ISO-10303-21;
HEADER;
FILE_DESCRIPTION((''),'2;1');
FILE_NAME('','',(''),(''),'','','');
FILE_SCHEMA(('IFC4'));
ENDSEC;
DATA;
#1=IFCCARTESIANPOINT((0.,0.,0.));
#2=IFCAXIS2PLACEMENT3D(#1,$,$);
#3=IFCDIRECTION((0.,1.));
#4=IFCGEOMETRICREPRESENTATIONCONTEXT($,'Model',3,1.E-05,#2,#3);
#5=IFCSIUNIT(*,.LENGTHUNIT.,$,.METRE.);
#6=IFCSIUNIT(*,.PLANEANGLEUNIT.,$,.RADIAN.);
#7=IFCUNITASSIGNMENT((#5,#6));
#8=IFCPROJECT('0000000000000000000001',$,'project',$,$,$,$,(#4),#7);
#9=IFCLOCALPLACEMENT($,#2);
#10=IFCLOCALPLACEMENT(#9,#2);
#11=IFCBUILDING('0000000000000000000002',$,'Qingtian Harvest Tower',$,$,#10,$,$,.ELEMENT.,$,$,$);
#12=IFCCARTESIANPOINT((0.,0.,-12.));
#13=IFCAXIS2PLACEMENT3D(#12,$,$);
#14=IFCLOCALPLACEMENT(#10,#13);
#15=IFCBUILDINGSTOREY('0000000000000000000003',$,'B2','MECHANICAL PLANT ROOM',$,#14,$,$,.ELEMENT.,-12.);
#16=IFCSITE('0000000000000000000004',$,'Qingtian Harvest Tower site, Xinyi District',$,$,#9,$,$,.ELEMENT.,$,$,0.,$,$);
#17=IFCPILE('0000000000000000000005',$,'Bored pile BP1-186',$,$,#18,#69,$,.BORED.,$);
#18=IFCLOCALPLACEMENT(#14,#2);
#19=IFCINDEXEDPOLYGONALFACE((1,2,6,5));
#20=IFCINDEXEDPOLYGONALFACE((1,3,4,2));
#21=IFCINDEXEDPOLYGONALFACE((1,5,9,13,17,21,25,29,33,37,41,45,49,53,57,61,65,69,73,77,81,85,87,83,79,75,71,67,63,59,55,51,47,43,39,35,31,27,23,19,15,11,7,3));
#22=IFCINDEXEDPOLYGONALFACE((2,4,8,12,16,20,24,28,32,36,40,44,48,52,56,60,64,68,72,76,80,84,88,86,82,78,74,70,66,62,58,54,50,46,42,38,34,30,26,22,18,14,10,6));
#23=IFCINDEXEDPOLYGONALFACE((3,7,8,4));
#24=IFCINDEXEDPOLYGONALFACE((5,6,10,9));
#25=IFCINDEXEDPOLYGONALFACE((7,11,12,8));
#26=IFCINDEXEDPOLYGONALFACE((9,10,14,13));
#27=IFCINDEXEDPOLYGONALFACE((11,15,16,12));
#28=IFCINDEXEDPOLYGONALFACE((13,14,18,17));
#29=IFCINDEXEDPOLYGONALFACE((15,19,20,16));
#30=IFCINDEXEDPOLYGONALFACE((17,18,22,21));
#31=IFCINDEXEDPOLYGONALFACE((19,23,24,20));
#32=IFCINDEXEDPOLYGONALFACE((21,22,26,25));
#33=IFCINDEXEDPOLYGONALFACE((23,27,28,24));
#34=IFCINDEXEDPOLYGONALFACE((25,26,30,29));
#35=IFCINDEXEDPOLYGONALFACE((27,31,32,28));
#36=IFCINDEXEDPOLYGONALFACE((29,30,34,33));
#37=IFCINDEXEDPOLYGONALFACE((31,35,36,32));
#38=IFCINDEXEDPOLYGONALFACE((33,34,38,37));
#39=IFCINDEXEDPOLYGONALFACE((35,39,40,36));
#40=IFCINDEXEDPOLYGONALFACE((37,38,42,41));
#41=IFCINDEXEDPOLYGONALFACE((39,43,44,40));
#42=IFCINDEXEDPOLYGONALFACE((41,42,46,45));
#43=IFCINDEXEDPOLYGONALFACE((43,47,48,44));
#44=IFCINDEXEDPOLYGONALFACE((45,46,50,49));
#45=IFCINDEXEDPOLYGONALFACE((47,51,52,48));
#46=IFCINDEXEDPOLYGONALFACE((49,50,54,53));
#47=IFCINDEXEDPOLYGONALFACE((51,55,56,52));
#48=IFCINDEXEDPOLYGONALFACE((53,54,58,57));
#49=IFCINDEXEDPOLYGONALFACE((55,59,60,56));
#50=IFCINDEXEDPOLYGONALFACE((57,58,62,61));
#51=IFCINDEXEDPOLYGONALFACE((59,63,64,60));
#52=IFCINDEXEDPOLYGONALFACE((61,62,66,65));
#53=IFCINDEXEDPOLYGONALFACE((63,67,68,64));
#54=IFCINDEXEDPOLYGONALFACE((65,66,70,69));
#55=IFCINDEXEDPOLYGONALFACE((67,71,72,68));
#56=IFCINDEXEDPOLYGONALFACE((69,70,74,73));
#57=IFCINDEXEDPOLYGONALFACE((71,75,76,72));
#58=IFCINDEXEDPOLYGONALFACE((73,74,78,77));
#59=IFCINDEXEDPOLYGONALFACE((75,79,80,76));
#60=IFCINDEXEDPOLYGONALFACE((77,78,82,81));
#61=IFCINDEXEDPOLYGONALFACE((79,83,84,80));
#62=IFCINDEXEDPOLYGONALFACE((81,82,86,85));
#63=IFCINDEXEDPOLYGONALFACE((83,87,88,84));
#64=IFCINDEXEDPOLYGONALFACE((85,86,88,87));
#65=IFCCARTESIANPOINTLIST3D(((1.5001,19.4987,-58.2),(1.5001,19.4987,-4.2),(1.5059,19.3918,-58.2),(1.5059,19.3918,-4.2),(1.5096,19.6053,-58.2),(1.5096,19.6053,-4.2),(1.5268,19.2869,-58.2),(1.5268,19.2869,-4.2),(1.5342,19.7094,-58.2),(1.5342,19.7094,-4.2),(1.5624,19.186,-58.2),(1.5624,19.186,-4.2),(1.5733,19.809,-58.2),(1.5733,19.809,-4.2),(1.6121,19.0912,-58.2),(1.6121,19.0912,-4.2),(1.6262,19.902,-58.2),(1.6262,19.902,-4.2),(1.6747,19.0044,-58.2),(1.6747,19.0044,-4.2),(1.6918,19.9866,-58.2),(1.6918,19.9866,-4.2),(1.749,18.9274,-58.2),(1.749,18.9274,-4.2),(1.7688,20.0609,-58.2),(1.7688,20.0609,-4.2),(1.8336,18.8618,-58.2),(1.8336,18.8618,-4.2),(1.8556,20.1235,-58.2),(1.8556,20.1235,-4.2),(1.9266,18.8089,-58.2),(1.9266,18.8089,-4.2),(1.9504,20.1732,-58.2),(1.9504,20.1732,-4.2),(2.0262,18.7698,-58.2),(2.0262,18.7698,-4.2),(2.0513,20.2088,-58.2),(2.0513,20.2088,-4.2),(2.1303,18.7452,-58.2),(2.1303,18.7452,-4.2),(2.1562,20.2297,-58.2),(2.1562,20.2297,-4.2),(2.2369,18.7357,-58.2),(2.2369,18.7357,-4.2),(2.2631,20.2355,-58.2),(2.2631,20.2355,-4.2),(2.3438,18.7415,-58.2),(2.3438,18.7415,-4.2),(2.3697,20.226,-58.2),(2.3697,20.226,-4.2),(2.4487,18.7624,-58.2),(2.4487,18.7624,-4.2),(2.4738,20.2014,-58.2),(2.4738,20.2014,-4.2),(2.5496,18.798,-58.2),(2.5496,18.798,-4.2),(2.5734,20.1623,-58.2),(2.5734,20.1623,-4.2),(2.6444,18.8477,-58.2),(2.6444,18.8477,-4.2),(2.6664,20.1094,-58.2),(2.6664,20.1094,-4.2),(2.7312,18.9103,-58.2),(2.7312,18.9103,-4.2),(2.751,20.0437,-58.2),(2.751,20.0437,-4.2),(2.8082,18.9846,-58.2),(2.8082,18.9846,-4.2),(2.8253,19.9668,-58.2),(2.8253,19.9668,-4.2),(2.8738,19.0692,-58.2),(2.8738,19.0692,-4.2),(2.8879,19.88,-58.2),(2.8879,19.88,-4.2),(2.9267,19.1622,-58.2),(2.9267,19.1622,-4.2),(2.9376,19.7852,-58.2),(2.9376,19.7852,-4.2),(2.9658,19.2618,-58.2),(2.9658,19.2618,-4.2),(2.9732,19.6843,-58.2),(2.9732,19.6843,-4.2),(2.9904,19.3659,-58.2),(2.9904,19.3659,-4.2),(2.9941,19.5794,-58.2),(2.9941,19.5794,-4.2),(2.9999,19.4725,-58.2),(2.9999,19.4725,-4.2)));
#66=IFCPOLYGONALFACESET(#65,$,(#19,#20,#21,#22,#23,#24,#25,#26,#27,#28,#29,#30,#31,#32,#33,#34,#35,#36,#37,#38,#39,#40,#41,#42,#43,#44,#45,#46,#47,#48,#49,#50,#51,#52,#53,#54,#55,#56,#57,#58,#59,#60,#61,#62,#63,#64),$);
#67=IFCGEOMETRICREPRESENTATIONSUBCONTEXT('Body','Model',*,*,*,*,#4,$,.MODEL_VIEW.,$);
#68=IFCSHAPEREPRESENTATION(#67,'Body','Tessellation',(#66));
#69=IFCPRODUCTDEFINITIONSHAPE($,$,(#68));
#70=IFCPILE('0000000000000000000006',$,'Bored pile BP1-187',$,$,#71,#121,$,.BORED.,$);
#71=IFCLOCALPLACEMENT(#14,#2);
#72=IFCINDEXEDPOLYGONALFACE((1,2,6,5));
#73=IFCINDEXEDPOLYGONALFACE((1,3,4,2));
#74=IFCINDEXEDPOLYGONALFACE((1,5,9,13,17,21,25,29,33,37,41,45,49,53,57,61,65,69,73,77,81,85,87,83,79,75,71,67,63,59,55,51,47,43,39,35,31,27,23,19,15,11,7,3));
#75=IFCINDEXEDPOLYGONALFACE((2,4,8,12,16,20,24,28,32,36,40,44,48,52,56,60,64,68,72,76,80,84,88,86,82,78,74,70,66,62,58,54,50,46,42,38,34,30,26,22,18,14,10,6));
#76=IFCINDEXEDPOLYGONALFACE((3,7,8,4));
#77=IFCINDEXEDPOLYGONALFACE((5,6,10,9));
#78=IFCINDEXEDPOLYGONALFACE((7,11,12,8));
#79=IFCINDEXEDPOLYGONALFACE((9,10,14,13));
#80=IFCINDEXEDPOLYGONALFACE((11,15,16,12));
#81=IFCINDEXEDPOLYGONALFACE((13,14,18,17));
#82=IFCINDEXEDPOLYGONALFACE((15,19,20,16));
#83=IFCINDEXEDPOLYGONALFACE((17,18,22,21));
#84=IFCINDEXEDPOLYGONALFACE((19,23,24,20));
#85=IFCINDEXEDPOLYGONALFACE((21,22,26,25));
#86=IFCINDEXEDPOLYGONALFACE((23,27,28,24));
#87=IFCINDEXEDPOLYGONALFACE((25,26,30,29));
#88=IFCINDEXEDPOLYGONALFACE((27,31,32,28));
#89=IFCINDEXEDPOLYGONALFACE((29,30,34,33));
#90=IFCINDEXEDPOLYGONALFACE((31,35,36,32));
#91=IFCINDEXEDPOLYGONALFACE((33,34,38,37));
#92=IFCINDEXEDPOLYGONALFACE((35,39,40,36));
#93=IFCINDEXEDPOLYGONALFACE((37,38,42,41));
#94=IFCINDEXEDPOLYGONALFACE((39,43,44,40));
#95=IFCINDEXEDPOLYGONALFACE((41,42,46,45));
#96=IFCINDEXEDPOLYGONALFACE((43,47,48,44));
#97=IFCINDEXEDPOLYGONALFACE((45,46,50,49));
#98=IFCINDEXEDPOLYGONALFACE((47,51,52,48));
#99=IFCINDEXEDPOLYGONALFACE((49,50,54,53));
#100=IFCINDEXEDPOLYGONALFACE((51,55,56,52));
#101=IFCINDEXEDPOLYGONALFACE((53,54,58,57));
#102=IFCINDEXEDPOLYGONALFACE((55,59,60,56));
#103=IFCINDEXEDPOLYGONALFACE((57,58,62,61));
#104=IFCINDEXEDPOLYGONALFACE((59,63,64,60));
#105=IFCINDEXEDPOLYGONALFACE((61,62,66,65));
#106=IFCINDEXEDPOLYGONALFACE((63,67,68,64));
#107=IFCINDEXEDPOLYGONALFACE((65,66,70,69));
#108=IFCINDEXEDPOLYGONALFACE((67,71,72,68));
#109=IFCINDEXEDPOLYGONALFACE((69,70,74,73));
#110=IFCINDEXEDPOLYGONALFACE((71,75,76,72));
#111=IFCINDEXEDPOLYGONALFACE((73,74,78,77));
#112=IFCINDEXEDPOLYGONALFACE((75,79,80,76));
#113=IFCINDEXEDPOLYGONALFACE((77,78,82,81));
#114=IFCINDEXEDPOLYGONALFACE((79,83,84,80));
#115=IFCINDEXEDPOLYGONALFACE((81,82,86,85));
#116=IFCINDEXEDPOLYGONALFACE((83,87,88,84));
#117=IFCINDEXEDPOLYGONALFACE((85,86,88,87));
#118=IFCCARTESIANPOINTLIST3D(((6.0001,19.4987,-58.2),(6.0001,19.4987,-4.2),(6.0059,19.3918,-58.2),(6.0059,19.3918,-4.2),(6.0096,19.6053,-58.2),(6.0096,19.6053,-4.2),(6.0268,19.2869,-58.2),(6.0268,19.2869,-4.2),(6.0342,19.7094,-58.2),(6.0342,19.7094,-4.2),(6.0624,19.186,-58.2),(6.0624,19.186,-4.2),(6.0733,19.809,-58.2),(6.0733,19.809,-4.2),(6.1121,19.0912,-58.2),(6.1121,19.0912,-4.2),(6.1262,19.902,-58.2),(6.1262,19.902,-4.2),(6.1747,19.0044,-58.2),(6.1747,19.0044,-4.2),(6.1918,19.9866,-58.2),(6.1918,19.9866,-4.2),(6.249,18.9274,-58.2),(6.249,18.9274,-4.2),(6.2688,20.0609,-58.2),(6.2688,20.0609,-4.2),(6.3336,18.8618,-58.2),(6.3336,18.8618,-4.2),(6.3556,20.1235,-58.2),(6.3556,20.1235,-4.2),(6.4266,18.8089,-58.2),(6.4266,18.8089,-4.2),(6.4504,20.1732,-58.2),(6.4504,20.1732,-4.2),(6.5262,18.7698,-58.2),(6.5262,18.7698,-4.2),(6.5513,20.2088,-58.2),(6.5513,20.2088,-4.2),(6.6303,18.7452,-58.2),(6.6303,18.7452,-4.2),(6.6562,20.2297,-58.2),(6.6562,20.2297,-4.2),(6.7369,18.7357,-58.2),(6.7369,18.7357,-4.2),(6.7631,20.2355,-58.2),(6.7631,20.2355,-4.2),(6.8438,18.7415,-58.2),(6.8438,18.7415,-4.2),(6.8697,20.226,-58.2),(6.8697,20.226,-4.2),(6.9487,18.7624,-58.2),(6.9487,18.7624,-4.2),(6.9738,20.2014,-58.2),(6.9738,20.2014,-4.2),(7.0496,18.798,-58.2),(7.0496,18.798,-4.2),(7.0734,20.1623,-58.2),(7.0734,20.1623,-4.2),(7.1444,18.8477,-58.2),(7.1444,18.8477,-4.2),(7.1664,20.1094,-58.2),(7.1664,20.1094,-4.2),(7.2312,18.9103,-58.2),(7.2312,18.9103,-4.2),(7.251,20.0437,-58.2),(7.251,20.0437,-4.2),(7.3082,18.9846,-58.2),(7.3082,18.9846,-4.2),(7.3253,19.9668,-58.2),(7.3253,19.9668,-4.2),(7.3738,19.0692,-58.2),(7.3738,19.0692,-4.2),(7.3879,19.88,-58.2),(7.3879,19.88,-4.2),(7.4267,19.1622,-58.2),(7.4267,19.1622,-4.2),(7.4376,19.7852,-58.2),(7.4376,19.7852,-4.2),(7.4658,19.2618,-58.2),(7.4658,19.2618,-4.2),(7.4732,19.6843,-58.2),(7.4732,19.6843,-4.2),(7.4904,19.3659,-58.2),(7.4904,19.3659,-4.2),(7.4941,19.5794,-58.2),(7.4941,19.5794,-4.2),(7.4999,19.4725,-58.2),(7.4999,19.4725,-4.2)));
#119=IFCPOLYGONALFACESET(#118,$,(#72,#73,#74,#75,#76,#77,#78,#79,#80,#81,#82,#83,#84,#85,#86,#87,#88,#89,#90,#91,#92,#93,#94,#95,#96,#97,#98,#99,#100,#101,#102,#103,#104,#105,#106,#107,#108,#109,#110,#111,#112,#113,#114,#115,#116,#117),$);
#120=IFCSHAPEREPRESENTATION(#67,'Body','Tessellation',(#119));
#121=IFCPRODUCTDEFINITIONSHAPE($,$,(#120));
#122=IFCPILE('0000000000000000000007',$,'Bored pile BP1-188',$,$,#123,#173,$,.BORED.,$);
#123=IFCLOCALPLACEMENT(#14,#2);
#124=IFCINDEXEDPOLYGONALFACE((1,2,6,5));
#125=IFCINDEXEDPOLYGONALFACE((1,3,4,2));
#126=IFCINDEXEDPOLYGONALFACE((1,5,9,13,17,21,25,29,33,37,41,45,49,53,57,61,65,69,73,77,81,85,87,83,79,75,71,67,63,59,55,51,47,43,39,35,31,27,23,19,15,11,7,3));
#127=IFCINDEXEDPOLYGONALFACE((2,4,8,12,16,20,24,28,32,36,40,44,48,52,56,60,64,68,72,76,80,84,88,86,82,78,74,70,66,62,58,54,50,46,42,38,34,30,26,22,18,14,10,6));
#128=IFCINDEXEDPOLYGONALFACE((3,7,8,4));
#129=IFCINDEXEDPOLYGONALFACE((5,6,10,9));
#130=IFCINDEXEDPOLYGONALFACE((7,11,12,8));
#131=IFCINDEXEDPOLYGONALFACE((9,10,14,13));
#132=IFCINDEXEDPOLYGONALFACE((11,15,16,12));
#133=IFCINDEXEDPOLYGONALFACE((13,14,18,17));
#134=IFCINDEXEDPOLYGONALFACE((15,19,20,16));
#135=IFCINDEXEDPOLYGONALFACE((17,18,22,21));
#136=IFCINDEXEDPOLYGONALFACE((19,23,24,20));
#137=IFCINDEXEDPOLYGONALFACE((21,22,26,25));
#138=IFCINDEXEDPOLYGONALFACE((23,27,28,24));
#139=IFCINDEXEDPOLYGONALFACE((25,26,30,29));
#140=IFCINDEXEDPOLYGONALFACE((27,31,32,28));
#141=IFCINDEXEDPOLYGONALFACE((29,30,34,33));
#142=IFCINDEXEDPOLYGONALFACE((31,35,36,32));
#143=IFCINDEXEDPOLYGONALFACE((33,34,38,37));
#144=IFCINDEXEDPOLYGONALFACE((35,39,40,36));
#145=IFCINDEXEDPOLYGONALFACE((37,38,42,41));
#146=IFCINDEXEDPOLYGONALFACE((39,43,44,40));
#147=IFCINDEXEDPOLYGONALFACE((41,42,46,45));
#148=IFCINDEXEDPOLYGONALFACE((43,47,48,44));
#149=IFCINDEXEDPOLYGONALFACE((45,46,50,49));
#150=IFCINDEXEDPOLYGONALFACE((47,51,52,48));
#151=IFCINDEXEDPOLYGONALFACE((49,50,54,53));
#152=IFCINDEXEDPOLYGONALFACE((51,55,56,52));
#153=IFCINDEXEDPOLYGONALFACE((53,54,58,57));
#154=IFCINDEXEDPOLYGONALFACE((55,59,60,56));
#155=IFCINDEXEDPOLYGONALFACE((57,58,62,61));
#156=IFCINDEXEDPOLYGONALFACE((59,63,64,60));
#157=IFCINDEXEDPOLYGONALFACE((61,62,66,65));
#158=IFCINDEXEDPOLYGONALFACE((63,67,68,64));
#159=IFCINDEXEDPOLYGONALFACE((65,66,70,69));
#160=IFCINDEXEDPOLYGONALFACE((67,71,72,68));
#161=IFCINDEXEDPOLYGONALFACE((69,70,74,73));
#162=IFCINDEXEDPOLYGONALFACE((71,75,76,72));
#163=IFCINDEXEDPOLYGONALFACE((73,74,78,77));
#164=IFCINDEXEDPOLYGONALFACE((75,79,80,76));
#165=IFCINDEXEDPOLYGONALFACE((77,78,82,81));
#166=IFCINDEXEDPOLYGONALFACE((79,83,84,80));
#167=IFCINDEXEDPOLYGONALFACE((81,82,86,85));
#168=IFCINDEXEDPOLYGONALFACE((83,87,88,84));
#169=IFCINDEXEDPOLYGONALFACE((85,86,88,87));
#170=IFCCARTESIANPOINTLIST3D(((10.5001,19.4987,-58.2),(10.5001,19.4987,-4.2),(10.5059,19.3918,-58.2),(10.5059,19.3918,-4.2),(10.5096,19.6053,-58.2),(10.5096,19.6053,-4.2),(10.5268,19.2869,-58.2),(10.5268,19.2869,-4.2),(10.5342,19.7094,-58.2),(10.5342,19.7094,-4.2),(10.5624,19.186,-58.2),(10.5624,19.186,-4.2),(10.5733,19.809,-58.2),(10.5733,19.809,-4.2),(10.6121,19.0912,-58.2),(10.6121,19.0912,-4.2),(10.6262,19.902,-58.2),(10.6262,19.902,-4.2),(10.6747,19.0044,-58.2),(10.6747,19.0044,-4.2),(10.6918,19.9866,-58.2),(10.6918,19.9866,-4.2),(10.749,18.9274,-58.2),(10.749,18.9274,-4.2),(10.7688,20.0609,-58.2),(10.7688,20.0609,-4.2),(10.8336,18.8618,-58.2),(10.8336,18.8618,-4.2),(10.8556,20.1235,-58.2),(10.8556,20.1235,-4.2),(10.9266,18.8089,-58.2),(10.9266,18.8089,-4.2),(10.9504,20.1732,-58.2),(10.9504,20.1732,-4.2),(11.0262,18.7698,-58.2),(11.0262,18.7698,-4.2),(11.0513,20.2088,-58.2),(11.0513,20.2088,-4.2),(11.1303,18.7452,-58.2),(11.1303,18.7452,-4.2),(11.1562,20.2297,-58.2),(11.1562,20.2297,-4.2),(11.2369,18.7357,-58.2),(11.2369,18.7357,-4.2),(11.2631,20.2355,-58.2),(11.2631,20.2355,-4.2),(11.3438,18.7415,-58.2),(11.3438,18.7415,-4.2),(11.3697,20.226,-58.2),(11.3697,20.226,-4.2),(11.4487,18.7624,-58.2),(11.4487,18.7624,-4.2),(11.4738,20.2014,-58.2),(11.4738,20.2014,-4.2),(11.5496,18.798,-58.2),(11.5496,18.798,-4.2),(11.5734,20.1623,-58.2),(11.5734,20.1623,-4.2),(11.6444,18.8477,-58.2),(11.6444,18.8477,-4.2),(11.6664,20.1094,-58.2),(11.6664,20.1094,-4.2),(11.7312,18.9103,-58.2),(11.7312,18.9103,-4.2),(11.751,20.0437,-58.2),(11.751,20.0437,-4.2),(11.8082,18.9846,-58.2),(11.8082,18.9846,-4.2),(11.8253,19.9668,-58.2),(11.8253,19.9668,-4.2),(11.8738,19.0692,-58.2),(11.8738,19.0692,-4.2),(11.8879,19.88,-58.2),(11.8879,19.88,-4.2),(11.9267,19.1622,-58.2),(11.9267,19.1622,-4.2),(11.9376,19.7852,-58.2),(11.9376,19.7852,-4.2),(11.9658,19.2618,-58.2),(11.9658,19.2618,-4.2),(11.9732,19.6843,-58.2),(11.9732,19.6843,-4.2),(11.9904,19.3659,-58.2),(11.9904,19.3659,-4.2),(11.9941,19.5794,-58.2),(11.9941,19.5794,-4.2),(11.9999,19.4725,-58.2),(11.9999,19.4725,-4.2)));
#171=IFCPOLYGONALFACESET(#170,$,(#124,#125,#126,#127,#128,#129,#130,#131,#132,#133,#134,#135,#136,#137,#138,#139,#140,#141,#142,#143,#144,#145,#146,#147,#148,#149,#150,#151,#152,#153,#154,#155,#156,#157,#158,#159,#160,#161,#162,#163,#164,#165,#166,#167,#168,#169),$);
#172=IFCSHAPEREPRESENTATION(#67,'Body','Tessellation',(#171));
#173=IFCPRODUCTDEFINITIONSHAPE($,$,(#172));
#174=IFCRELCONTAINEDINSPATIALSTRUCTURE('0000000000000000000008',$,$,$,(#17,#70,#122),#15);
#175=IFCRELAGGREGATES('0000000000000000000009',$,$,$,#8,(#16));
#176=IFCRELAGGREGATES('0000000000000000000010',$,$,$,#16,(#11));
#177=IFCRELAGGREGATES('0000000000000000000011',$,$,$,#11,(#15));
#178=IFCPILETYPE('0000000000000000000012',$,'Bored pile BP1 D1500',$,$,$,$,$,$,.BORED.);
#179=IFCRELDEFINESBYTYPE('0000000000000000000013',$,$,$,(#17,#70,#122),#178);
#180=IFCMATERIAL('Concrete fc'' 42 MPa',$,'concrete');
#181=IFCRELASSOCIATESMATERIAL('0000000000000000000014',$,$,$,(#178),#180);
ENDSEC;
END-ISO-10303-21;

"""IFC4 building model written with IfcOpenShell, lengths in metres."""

from ifc_helpers import new_model, si_unit, direction, frame, frame_2d, origin, place, context, subcontext, project, spatial, circle, extrude, material, material_profile, profile_set, type_object, element, save


model = new_model("IFC4")

# Units and contexts
model_context = context("Model", 3, precision=1e-05, world=origin(), true_north=direction((0.0, 1.0)))
body_context = subcontext(model_context, "Body", "Model", "MODEL_VIEW")
ifc_project = project(units=[si_unit("LENGTHUNIT", "METRE"), si_unit("PLANEANGLEUNIT", "RADIAN")], contexts=[model_context])

# Site, building, storey
site_placement = place(None, origin())
site = spatial("IfcSite", under=ifc_project, at=site_placement, Name="Qingtian Harvest Tower site, Xinyi District", CompositionType="ELEMENT", RefElevation=0.0)
building_placement = place(site_placement, origin())
building = spatial("IfcBuilding", under=site, at=building_placement, Name="Qingtian Harvest Tower", CompositionType="ELEMENT")
storey_placement = place(building_placement, frame((0.0, 0.0, -12.0)))
storey = spatial("IfcBuildingStorey", under=building, at=storey_placement, Name="B2", Description="MECHANICAL PLANT ROOM", CompositionType="ELEMENT", Elevation=-12.0)

# Piles
ifc_material_1 = material(Name="Concrete fc' 42 MPa", Category="concrete")
ifc_material_profile_1 = material_profile(ifc_material_1, circle(Radius=0.75, at=frame_2d((0.0, 0.0), x_axis=(0.999848, 0.017452))), Name="Bored pile BP1 D1500")
ifc_profile_set_1 = profile_set([ifc_material_profile_1], Name="Concrete fc' 42 MPa")
pile_type = type_object("IfcPileType", Name="Bored pile BP1 D1500", PredefinedType="BORED", material=ifc_profile_set_1)
for number, where, z_axis, x_axis, name in (
    (1, (2.25, 19.4856, -4.2), (0.0, 0.0, -1.0), (1.0, 0.0, 0.0), "Bored pile BP1-186"),
    (2, (6.75, 19.4856, -4.2), (0.0, 0.0, -1.0), (1.0, 0.0, 0.0), "Bored pile BP1-187"),
    (3, (11.25, 19.4856, -4.2), (0.0, 0.0, -1.0), (1.0, 0.0, 0.0), "Bored pile BP1-188"),
):
    element("IfcPile", number, at=place(storey_placement, frame(where, z_axis=z_axis, x_axis=x_axis)), inside=storey, type_object=pile_type, Name=name, PredefinedType="BORED", context=body_context, shape_type="SweptSolid", body=[
        extrude(circle(Radius=0.75, at=frame_2d((0.0, 0.0), x_axis=(0.999848, 0.017452))), origin(), (0.0, 0.0, 1.0), 54.0),
    ])

save(model, "model.ifc")
